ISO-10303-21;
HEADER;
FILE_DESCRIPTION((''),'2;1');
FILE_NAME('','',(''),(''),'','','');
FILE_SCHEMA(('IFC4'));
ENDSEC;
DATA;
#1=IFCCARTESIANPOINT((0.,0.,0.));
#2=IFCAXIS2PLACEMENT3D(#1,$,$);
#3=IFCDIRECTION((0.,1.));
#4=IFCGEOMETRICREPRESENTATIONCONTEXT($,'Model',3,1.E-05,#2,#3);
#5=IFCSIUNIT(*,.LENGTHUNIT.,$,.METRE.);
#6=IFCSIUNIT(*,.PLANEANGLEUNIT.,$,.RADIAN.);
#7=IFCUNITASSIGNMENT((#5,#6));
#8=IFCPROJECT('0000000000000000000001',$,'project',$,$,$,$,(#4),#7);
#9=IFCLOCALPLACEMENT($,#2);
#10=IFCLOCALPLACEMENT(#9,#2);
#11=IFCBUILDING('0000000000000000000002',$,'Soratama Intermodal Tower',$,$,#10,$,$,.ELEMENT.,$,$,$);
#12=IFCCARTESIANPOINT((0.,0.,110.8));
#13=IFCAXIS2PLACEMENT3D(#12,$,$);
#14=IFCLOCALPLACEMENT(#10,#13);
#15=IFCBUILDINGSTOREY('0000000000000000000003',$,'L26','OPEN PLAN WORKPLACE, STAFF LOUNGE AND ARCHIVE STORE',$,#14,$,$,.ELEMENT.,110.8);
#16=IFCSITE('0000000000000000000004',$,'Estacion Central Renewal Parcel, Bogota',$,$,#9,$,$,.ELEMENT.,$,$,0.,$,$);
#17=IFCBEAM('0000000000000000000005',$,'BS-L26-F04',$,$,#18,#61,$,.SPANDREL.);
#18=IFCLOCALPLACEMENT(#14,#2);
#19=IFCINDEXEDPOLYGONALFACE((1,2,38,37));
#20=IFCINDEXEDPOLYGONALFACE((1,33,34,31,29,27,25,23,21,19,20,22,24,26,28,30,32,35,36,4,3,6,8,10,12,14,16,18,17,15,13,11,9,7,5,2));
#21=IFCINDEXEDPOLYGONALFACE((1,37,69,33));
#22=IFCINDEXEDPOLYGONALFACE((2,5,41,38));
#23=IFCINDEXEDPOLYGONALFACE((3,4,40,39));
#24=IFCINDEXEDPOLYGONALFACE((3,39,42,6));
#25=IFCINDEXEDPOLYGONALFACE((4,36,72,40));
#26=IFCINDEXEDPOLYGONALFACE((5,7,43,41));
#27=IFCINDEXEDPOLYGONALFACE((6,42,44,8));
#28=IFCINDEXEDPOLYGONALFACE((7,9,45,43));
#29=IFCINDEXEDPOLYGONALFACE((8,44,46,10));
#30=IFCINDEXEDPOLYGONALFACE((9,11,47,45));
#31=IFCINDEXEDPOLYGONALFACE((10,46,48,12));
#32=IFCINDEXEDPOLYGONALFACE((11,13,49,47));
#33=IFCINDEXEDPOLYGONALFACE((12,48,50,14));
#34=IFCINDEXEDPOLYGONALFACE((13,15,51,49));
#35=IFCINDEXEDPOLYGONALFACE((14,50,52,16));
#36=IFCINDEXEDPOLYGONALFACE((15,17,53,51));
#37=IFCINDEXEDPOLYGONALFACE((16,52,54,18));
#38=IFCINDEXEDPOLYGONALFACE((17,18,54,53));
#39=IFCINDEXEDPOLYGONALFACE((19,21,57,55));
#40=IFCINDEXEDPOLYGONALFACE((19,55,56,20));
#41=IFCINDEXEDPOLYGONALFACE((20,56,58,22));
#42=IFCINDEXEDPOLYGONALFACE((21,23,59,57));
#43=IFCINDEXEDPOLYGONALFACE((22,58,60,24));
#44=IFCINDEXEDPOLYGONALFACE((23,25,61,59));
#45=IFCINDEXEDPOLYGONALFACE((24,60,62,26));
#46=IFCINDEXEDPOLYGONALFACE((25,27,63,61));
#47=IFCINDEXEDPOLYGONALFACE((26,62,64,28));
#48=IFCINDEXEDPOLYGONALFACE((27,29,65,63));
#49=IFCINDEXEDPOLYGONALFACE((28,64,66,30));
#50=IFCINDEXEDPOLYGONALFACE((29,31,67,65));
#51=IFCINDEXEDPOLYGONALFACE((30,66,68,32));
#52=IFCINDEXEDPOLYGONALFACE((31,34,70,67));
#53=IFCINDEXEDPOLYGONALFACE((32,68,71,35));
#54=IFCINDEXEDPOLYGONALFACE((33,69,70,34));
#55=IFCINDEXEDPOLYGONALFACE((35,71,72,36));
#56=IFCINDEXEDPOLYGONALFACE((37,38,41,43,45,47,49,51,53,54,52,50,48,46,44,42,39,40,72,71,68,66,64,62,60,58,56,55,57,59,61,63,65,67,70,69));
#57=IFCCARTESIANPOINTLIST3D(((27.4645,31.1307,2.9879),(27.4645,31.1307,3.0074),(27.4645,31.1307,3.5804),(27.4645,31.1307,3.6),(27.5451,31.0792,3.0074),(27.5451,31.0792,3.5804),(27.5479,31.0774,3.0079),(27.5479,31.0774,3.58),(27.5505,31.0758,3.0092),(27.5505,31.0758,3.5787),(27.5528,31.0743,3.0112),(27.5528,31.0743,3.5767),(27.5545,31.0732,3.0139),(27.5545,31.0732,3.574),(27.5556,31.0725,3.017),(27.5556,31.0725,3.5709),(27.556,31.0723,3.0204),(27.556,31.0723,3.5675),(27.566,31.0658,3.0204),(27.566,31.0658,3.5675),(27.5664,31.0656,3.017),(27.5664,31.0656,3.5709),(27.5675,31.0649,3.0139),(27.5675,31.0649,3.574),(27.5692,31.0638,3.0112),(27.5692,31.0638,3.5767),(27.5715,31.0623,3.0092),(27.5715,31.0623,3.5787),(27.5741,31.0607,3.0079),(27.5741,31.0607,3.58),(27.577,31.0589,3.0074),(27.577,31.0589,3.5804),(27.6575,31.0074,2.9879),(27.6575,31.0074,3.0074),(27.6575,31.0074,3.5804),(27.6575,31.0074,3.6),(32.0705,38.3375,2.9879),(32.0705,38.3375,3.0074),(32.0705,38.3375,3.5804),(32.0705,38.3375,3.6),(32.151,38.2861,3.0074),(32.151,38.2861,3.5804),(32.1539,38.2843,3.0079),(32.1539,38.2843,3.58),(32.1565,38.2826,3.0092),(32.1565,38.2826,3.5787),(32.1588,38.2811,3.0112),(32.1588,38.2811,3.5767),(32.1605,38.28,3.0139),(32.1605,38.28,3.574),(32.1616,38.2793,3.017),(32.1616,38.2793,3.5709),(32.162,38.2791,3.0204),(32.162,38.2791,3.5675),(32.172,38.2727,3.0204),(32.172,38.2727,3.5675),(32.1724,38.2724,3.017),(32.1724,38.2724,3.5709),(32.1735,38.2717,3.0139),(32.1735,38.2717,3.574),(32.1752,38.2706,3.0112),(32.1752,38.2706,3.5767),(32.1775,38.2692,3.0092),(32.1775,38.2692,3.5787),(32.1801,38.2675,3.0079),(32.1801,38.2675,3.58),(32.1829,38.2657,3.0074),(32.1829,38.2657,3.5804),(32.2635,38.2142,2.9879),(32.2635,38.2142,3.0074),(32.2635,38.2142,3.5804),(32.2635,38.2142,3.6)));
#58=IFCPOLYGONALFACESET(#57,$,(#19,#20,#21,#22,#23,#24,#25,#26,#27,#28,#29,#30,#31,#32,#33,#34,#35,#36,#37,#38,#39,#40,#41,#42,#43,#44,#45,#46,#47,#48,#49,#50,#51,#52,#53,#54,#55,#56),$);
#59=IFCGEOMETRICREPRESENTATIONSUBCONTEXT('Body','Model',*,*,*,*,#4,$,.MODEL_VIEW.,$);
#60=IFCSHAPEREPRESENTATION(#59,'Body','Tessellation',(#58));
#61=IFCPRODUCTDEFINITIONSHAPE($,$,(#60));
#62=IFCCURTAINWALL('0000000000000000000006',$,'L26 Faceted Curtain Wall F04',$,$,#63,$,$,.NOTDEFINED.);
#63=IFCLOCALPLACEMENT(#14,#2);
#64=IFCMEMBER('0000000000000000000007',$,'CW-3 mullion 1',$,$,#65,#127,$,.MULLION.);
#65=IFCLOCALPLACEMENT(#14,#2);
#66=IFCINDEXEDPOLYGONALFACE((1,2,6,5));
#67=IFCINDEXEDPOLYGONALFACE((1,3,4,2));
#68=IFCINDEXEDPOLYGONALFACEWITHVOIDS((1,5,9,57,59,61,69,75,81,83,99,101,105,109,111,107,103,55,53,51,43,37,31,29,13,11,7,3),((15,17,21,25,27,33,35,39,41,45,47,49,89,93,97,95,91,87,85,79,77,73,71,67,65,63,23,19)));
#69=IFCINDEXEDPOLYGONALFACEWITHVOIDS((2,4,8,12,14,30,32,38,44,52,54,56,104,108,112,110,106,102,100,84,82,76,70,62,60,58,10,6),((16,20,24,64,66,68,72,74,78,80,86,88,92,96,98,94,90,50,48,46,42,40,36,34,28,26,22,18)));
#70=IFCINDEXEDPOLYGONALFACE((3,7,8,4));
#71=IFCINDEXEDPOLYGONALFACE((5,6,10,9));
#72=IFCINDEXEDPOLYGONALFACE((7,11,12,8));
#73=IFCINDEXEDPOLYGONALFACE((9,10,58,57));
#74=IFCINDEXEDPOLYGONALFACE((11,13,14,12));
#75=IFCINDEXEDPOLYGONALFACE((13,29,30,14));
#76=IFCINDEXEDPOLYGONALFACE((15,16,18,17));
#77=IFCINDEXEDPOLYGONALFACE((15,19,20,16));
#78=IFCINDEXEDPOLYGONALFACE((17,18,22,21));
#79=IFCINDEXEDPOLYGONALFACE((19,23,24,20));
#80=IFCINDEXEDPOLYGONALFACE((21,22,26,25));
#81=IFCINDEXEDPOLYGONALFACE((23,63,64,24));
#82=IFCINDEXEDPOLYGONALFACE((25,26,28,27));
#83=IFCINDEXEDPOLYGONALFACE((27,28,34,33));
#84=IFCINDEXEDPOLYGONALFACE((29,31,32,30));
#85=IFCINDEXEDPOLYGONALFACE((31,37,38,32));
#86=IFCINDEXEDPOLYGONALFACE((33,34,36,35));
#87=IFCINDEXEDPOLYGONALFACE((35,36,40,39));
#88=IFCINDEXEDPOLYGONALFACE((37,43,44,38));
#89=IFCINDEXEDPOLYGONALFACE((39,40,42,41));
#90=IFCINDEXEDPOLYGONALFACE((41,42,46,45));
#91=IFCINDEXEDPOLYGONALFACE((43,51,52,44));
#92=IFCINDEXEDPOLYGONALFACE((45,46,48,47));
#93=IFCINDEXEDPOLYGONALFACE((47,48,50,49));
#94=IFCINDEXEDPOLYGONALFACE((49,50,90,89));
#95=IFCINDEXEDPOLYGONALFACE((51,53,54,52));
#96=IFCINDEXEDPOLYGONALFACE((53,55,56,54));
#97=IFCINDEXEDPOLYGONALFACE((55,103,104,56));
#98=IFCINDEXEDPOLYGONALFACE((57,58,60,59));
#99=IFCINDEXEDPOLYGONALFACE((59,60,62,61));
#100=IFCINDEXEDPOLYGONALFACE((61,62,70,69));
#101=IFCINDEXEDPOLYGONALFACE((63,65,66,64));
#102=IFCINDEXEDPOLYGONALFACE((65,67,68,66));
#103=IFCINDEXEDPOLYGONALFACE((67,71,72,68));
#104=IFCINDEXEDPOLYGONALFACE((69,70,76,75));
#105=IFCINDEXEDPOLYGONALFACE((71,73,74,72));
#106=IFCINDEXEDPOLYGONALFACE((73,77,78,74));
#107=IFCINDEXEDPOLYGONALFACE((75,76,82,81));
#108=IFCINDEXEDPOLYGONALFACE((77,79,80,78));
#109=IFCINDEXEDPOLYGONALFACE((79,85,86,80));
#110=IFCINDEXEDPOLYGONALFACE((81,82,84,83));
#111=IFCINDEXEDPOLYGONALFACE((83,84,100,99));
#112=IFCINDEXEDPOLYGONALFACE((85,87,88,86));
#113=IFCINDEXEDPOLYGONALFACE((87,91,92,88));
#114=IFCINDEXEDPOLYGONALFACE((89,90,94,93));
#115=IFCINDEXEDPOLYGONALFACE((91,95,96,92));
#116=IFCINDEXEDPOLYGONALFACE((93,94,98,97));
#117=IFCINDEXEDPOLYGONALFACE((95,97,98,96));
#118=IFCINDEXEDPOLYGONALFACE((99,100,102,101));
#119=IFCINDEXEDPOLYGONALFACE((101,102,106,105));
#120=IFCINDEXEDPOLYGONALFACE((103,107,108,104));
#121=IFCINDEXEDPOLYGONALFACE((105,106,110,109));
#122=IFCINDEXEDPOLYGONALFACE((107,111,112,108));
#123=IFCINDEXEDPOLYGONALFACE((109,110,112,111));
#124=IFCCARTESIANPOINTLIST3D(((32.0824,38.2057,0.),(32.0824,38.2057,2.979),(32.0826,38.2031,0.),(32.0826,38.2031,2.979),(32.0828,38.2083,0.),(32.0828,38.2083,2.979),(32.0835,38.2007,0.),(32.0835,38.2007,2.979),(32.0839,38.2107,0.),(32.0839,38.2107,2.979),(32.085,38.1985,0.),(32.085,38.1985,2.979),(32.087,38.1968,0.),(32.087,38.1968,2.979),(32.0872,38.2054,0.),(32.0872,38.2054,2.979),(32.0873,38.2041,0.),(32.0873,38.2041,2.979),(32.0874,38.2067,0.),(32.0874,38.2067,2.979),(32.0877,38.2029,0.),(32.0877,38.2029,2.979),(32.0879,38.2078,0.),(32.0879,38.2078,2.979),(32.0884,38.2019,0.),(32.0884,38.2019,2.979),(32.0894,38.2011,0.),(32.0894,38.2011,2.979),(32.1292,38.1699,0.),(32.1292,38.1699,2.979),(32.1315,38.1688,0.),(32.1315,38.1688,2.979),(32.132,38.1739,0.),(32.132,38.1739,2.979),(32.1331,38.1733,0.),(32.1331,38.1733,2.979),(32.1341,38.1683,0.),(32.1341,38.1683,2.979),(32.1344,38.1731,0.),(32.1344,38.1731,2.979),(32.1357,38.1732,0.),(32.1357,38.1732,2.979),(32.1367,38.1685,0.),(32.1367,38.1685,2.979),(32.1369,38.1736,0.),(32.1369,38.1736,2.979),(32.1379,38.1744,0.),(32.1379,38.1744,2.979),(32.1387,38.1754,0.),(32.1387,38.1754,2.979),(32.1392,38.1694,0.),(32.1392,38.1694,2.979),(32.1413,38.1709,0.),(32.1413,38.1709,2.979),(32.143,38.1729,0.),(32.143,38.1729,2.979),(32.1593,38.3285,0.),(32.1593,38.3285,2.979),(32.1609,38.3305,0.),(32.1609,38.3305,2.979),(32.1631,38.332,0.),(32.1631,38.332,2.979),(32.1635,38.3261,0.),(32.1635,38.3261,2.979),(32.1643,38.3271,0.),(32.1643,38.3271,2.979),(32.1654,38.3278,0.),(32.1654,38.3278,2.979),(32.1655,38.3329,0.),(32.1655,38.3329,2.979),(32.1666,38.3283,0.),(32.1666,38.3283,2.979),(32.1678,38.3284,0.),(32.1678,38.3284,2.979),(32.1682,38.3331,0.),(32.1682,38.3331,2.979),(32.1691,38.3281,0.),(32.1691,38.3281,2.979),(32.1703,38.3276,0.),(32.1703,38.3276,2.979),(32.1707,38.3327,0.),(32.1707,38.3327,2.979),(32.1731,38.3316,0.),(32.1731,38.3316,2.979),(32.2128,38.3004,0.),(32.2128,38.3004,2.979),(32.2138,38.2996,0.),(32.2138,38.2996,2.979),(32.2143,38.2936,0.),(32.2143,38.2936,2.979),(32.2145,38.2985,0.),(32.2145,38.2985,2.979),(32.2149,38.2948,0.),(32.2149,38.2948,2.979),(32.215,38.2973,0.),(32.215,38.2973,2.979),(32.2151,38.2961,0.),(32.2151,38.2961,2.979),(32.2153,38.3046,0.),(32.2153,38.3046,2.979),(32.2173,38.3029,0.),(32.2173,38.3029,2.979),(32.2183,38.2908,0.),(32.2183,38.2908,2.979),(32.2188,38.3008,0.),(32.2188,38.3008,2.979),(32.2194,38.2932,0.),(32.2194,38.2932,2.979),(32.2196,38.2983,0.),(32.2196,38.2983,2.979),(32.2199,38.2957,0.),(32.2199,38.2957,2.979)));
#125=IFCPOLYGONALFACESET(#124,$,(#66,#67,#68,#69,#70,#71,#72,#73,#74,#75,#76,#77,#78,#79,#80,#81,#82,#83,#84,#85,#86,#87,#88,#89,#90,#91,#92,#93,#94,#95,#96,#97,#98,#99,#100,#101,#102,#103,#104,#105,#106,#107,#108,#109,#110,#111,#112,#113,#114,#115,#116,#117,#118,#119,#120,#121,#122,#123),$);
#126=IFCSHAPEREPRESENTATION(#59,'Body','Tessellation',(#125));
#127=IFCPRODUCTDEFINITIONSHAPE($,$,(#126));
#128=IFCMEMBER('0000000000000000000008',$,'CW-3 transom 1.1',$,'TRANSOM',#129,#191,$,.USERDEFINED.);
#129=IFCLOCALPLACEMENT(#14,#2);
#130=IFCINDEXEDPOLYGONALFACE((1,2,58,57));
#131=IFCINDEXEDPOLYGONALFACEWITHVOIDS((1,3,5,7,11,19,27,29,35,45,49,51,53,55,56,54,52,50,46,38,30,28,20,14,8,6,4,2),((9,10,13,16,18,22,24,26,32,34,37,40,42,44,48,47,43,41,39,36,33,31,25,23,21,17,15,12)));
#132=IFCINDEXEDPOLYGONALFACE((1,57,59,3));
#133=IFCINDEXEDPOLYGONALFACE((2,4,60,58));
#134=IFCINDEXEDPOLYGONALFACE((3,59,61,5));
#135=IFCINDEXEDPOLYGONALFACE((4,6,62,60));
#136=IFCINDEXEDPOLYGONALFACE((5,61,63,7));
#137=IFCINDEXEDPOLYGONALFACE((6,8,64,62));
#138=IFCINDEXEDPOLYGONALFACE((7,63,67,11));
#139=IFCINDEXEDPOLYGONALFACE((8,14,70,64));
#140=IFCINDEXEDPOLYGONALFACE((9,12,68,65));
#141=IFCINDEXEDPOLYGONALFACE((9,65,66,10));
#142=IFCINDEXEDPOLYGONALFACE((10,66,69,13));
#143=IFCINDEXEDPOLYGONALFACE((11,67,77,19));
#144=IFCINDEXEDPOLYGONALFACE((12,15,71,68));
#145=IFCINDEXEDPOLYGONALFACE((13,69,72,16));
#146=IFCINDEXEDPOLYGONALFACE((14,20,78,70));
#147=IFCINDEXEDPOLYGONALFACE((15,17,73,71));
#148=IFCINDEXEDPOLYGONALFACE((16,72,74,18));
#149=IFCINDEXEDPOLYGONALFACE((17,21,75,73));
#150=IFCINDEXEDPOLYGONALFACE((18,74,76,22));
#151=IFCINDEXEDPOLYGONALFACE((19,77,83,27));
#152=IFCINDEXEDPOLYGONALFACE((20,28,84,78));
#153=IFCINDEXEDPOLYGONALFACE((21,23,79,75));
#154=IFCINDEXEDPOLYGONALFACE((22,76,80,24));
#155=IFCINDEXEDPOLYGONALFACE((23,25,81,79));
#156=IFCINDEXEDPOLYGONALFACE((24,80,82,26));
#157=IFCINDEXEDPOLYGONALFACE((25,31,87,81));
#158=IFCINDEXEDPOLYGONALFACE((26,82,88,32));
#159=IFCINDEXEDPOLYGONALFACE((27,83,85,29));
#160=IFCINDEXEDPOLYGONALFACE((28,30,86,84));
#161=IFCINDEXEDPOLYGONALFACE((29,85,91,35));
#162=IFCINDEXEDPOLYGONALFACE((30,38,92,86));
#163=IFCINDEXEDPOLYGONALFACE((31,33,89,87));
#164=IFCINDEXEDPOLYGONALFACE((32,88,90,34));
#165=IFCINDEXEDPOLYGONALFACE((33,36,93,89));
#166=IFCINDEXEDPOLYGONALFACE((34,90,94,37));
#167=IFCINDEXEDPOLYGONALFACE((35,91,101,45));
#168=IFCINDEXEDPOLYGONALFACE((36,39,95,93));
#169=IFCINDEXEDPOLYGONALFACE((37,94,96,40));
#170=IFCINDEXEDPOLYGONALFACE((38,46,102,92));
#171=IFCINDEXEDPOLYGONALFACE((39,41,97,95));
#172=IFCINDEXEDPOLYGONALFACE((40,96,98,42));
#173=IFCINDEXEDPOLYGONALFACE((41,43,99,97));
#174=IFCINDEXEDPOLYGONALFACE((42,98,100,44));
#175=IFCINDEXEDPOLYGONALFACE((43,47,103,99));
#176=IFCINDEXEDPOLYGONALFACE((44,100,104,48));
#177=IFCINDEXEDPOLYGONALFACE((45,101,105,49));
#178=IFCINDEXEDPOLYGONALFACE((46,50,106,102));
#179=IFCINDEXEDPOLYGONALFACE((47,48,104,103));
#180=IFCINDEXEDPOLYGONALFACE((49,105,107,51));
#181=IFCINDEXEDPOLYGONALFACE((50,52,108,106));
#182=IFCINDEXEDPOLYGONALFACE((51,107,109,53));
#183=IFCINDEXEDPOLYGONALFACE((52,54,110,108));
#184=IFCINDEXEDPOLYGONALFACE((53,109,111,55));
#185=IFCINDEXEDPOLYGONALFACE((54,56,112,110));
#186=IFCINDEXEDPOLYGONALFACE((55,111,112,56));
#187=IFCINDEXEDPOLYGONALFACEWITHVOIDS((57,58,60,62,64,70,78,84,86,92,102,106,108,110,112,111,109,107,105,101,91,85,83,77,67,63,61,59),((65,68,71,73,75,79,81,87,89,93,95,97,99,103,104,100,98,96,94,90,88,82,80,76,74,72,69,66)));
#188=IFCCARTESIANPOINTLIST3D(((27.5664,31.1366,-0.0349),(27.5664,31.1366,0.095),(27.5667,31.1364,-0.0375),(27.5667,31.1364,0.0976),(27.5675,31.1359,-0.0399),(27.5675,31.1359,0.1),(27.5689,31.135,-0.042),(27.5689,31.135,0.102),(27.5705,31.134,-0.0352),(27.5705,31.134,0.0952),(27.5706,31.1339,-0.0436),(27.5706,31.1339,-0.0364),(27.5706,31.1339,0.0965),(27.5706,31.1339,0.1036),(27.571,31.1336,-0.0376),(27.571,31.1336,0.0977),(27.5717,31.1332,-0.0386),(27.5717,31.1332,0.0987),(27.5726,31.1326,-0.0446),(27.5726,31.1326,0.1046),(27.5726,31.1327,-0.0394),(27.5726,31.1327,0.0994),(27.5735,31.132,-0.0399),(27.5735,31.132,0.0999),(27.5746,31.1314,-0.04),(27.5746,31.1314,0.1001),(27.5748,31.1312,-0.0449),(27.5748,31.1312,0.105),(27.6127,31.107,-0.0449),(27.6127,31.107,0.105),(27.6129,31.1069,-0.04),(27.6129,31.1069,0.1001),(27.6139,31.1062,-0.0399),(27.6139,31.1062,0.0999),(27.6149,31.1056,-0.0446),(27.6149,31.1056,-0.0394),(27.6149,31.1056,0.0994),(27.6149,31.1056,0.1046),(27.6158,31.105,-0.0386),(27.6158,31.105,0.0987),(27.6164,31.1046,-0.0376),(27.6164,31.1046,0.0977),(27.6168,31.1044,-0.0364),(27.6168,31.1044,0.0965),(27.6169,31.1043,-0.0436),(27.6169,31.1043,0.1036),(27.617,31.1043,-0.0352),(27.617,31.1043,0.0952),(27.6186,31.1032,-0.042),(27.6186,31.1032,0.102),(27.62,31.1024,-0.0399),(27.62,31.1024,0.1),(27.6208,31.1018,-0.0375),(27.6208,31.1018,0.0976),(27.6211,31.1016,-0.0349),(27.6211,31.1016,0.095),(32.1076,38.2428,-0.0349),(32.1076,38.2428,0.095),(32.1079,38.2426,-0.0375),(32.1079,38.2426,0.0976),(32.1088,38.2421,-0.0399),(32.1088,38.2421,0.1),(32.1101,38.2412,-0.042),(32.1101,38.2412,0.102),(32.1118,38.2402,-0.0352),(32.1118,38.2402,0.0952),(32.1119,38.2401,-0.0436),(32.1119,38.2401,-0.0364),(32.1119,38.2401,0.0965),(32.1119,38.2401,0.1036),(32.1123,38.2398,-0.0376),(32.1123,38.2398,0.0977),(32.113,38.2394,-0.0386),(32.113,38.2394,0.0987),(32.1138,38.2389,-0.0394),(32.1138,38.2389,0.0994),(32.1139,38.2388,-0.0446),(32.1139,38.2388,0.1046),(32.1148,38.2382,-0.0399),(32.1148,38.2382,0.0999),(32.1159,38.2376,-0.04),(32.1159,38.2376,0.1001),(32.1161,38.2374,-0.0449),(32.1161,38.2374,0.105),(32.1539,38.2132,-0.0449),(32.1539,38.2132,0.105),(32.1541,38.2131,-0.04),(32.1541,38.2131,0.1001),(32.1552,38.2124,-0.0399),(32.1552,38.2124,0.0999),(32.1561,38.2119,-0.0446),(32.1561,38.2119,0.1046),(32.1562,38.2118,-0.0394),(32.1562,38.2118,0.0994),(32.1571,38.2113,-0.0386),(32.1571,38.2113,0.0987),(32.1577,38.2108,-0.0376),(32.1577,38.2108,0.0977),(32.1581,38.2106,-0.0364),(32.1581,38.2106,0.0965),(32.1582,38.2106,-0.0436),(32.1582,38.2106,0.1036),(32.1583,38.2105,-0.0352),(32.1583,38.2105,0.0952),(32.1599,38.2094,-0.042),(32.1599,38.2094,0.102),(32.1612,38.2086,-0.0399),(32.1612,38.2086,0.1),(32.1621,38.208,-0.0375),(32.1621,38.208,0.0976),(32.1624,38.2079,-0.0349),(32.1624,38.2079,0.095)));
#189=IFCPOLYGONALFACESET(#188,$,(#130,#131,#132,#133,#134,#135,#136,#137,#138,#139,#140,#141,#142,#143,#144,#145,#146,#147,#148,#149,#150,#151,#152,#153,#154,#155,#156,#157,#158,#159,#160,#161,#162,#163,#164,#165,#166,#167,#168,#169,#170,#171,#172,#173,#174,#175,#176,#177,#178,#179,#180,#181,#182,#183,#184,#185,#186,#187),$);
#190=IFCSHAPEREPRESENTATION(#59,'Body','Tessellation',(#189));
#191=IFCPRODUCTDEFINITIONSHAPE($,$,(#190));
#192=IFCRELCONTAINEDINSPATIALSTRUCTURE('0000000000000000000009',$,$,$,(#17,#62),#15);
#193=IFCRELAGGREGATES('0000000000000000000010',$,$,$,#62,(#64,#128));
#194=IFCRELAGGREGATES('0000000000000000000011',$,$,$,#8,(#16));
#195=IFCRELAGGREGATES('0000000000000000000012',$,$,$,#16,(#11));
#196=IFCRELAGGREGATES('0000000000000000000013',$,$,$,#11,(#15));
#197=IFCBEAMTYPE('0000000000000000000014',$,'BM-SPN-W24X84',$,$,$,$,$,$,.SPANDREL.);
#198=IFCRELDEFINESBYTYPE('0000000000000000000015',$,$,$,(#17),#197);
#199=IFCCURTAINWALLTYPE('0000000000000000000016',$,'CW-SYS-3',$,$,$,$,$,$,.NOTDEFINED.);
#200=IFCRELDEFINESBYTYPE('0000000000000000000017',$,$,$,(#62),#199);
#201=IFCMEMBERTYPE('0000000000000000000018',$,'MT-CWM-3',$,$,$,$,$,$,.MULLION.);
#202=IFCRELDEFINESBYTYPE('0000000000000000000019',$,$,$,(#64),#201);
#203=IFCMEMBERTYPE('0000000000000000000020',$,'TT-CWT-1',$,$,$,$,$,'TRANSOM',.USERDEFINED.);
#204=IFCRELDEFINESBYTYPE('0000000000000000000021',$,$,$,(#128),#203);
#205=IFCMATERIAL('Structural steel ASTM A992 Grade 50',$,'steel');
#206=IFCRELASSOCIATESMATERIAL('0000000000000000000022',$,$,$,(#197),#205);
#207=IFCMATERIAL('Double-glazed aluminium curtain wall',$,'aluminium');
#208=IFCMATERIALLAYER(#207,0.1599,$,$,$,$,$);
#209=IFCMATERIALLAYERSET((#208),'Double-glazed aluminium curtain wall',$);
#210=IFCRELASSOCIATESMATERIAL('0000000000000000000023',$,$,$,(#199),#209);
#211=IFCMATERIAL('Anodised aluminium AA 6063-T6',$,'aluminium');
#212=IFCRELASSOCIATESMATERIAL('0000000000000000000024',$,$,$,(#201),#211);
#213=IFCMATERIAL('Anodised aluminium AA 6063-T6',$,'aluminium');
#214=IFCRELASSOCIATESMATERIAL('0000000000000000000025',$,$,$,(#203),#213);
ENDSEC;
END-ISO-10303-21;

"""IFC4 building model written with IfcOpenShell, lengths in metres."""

from ifc_helpers import new_model, si_unit, direction, frame, origin, origin_2d, place, context, subcontext, project, spatial, hollow_rectangle, i_section, extrude, material, layer, layer_set, material_profile, profile_set, type_object, element, aggregate, save


model = new_model("IFC4")

# Units and contexts
model_context = context("Model", 3, precision=1e-05, world=origin(), true_north=direction((0.0, 1.0)))
body_context = subcontext(model_context, "Body", "Model", "MODEL_VIEW")
ifc_project = project(units=[si_unit("LENGTHUNIT", "METRE"), si_unit("PLANEANGLEUNIT", "RADIAN")], contexts=[model_context])

# Site, building, storey
site_placement = place(None, origin())
site = spatial("IfcSite", under=ifc_project, at=site_placement, Name="Estacion Central Renewal Parcel, Bogota", CompositionType="ELEMENT", RefElevation=0.0)
building_placement = place(site_placement, origin())
building = spatial("IfcBuilding", under=site, at=building_placement, Name="Soratama Intermodal Tower", CompositionType="ELEMENT")
storey_placement = place(building_placement, frame((0.0, 0.0, 110.8)))
storey = spatial("IfcBuildingStorey", under=building, at=storey_placement, Name="L26", Description="OPEN PLAN WORKPLACE, STAFF LOUNGE AND ARCHIVE STORE", CompositionType="ELEMENT", Elevation=110.8)

# Beam
ifc_material_1 = material(Name="Structural steel ASTM A992 Grade 50", Category="steel")
ifc_material_profile_1 = material_profile(ifc_material_1, i_section(OverallWidth=0.229, OverallDepth=0.6121, WebThickness=0.012, FlangeThickness=0.0195, FilletRadius=0.0129, at=origin_2d()), Name="W24X84")
ifc_profile_set_1 = profile_set([ifc_material_profile_1], Name="Structural steel ASTM A992 Grade 50")
beam_type_1 = type_object("IfcBeamType", Name="BM-SPN-W24X84", PredefinedType="SPANDREL", material=ifc_profile_set_1)
beam_1_placement = place(storey_placement, frame((32.167, 38.2759, 3.2939), z_axis=(-0.538524, -0.84261, 0.0), x_axis=(0.84261, -0.538524, 0.0)))
element("IfcBeam", 1, at=beam_1_placement, inside=storey, type_object=beam_type_1, Name="BS-L26-F04", PredefinedType="SPANDREL", context=body_context, shape_type="SweptSolid", body=[
    extrude(i_section(OverallWidth=0.229, OverallDepth=0.6121, WebThickness=0.012, FlangeThickness=0.0195, FilletRadius=0.0129, at=origin_2d()), origin(), (0.0, 0.0, 1.0), 8.553),
])

# Curtain wall, members
ifc_material_2 = material(Name="Double-glazed aluminium curtain wall", Category="aluminium")
ifc_layer_1 = layer(ifc_material_2, 0.1599)
ifc_layer_set_1 = layer_set([ifc_layer_1], Name="Double-glazed aluminium curtain wall")
curtain_wall_type = type_object("IfcCurtainWallType", Name="CW-SYS-3", PredefinedType="NOTDEFINED", material=ifc_layer_set_1)
curtain_wall_placement = place(storey_placement, origin())
curtain_wall = element("IfcCurtainWall", 2, at=curtain_wall_placement, inside=storey, type_object=curtain_wall_type, Name="L26 Faceted Curtain Wall F04", PredefinedType="NOTDEFINED")
ifc_material_3 = material(Name="Anodised aluminium AA 6063-T6", Category="aluminium")
ifc_material_profile_2 = material_profile(ifc_material_3, hollow_rectangle(XDim=0.0701, YDim=0.1599, WallThickness=0.0049, InnerFilletRadius=0.0049, OuterFilletRadius=0.01, at=origin_2d()), Name="CWM160X70X5")
ifc_profile_set_2 = profile_set([ifc_material_profile_2], Name="Anodised aluminium AA 6063-T6")
member_type_1 = type_object("IfcMemberType", Name="MT-CWM-3", PredefinedType="MULLION", material=ifc_profile_set_2)
member_1_placement = place(storey_placement, frame((32.1511, 38.2507, 0.0), z_axis=(0.0, 0.0, 1.0), x_axis=(0.842639, -0.538478, 0.0)))
member_1 = element("IfcMember", 3, at=member_1_placement, type_object=member_type_1, Name="CW-3 mullion 1", PredefinedType="MULLION", context=body_context, shape_type="SweptSolid", body=[
    extrude(hollow_rectangle(XDim=0.0701, YDim=0.1599, WallThickness=0.0049, InnerFilletRadius=0.0049, OuterFilletRadius=0.01, at=origin_2d()), origin(), (0.0, 0.0, 1.0), 2.979),
])
ifc_material_4 = material(Name="Anodised aluminium AA 6063-T6", Category="aluminium")
ifc_material_profile_3 = material_profile(ifc_material_4, hollow_rectangle(XDim=0.0649, YDim=0.1499, WallThickness=0.0049, InnerFilletRadius=0.0049, OuterFilletRadius=0.01, at=origin_2d()), Name="CWT150X65X5")
ifc_profile_set_3 = profile_set([ifc_material_profile_3], Name="Anodised aluminium AA 6063-T6")
member_type_2 = type_object("IfcMemberType", Name="TT-CWT-1", ElementType="TRANSOM", PredefinedType="USERDEFINED", material=ifc_profile_set_3)
member_2_placement = place(storey_placement, frame((32.135, 38.2253, 0.03), z_axis=(-0.538489, -0.842632, 0.0), x_axis=(0.842632, -0.538489, 0.0)))
member_2 = element("IfcMember", 4, at=member_2_placement, type_object=member_type_2, Name="CW-3 transom 1.1", ObjectType="TRANSOM", PredefinedType="USERDEFINED", context=body_context, shape_type="SweptSolid", body=[
    extrude(hollow_rectangle(XDim=0.0649, YDim=0.1499, WallThickness=0.0049, InnerFilletRadius=0.0049, OuterFilletRadius=0.01, at=origin_2d()), origin(), (0.0, 0.0, 1.0), 8.4333),
])
aggregate(curtain_wall, [member_1, member_2])

save(model, "model.ifc")
